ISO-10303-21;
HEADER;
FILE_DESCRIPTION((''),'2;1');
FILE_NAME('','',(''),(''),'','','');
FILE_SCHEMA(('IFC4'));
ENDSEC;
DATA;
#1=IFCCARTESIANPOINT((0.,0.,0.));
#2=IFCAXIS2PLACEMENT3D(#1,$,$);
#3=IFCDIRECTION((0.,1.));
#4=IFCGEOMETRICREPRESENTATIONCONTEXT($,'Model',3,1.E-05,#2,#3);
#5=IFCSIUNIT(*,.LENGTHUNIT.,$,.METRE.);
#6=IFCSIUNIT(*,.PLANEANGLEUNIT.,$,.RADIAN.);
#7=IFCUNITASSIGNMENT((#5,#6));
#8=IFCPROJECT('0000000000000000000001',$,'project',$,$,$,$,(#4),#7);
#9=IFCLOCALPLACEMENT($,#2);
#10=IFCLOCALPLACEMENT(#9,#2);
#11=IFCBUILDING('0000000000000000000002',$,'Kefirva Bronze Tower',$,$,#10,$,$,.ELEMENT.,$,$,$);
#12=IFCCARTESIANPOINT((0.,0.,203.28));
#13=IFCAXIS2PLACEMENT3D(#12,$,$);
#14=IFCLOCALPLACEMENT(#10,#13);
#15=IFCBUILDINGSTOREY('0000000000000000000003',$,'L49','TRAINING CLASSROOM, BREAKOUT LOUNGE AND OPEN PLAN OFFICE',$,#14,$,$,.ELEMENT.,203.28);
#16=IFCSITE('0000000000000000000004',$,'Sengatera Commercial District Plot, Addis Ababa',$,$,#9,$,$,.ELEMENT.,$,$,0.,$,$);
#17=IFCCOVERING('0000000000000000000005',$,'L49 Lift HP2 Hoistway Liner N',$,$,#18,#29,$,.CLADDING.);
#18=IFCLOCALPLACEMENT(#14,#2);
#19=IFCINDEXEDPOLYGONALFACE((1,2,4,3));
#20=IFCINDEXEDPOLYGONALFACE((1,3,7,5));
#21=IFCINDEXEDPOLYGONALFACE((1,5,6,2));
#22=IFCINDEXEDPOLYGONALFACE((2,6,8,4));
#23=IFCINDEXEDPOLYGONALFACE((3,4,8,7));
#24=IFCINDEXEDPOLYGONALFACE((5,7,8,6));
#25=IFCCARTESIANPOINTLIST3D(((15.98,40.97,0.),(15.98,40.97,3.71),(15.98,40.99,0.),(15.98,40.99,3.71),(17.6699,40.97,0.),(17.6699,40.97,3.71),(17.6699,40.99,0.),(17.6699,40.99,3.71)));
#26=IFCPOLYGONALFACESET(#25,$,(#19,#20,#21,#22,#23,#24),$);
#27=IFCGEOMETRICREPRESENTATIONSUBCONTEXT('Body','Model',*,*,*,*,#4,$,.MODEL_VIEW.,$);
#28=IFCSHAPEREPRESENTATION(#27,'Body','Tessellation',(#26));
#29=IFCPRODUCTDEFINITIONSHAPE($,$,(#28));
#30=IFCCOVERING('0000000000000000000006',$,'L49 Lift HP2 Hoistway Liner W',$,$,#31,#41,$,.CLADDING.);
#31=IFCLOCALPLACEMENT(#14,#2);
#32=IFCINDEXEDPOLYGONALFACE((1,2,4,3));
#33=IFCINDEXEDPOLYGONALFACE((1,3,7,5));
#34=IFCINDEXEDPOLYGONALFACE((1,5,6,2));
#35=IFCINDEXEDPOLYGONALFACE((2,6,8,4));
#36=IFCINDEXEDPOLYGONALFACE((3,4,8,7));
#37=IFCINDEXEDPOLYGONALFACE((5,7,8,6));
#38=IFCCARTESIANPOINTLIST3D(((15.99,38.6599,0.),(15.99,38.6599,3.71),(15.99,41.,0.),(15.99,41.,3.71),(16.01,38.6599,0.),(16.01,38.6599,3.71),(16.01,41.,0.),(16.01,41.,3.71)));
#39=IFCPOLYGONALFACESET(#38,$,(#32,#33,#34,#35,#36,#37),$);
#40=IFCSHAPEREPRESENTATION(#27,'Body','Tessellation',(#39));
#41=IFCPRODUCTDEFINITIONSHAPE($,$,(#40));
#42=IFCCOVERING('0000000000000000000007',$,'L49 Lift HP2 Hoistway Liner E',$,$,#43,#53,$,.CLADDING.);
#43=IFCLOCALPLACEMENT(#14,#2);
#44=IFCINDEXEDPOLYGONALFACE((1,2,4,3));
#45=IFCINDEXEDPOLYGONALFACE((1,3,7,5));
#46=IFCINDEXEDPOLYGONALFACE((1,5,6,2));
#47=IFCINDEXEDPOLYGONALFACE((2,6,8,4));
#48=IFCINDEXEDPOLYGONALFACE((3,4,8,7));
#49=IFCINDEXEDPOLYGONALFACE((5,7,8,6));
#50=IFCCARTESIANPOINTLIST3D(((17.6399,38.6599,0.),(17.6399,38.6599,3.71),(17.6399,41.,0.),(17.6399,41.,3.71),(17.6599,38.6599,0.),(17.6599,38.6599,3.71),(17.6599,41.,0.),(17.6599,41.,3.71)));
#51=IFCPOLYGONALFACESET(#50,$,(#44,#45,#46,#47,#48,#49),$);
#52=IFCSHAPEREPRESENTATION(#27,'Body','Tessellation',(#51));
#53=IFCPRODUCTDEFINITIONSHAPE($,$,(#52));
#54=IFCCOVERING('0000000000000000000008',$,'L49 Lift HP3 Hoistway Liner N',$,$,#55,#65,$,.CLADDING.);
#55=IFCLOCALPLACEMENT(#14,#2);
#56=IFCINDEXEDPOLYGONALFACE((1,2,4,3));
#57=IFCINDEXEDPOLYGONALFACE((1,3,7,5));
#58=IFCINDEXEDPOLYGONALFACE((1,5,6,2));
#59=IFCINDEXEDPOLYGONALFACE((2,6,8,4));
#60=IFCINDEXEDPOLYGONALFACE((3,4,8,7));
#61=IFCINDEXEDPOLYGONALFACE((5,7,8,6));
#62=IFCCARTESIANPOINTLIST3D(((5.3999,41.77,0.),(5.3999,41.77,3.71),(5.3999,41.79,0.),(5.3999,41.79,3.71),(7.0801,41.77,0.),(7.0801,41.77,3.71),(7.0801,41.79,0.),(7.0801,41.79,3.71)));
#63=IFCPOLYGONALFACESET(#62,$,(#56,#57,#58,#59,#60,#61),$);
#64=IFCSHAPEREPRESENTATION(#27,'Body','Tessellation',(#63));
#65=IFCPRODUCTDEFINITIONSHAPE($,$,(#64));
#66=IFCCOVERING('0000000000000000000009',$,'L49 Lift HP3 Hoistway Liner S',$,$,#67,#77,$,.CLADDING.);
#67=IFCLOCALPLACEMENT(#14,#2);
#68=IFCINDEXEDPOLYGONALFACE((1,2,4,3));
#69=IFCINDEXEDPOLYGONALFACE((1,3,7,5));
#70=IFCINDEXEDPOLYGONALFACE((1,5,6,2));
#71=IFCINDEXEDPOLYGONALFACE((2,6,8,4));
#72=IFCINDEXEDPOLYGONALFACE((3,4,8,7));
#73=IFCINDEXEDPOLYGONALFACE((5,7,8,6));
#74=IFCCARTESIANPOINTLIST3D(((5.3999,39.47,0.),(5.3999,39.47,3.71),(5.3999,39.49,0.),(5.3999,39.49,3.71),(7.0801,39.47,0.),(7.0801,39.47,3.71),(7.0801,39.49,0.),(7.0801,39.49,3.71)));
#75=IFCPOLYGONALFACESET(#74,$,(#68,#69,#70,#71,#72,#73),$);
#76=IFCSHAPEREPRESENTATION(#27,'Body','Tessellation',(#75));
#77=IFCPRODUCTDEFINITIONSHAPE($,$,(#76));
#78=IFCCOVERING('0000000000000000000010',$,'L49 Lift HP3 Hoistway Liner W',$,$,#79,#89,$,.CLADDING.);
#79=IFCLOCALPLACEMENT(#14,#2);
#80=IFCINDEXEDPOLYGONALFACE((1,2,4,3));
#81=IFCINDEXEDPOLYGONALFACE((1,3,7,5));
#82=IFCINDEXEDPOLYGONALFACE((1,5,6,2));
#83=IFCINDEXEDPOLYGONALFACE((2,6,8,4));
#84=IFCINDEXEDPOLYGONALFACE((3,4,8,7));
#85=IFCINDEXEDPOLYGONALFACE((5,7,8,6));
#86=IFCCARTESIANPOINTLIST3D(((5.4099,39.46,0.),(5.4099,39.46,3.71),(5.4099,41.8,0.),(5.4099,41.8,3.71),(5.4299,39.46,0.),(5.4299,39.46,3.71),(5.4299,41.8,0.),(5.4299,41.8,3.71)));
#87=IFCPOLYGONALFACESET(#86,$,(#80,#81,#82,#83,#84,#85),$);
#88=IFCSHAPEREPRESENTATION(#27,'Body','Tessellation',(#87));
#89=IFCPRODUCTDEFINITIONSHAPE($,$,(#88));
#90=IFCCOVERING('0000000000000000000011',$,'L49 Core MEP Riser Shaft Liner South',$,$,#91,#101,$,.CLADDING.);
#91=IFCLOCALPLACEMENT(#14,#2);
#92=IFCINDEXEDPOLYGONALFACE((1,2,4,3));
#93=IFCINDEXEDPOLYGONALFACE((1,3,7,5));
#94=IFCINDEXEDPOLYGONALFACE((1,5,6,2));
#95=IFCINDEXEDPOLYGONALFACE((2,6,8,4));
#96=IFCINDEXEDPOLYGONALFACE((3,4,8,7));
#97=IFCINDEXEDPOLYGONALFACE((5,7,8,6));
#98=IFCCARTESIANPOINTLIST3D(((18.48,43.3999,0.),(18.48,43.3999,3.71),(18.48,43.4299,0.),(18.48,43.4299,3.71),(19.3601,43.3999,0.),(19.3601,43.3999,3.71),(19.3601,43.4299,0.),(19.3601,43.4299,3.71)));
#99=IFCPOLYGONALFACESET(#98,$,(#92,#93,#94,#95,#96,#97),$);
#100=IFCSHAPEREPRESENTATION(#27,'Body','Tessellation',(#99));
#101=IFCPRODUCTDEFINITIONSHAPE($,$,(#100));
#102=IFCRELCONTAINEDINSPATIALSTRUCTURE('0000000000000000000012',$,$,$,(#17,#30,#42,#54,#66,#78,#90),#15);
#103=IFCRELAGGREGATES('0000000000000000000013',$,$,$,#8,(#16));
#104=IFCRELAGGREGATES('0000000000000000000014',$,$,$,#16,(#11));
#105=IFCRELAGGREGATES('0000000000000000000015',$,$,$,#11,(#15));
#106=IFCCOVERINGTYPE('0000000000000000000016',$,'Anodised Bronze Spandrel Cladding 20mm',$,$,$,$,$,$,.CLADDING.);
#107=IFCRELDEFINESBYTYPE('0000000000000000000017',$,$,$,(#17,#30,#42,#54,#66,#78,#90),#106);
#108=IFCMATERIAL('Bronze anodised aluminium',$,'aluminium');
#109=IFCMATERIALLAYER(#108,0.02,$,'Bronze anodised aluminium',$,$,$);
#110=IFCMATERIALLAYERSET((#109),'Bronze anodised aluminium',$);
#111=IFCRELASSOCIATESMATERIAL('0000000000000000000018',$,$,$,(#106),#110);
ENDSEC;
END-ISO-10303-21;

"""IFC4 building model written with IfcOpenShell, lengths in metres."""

from ifc_helpers import new_model, si_unit, direction, frame, origin, place, context, subcontext, project, spatial, polyline, outline, extrude, material, layer, layer_set, type_object, element, save


model = new_model("IFC4")

# Units and contexts
model_context = context("Model", 3, precision=1e-05, world=origin(), true_north=direction((0.0, 1.0)))
body_context = subcontext(model_context, "Body", "Model", "MODEL_VIEW")
ifc_project = project(units=[si_unit("LENGTHUNIT", "METRE"), si_unit("PLANEANGLEUNIT", "RADIAN")], contexts=[model_context])

# Site, building, storey
site_placement = place(None, origin())
site = spatial("IfcSite", under=ifc_project, at=site_placement, Name="Sengatera Commercial District Plot, Addis Ababa", CompositionType="ELEMENT", RefElevation=0.0)
building_placement = place(site_placement, origin())
building = spatial("IfcBuilding", under=site, at=building_placement, Name="Kefirva Bronze Tower", CompositionType="ELEMENT")
storey_placement = place(building_placement, frame((0.0, 0.0, 203.28)))
storey = spatial("IfcBuildingStorey", under=building, at=storey_placement, Name="L49", Description="TRAINING CLASSROOM, BREAKOUT LOUNGE AND OPEN PLAN OFFICE", CompositionType="ELEMENT", Elevation=203.28)

# Coverings
ifc_material_1 = material(Name="Bronze anodised aluminium", Category="aluminium")
ifc_layer_1 = layer(ifc_material_1, 0.02, Name="Bronze anodised aluminium")
ifc_layer_set_1 = layer_set([ifc_layer_1], Name="Bronze anodised aluminium")
covering_type_1 = type_object("IfcCoveringType", Name="Anodised Bronze Spandrel Cladding 20mm", PredefinedType="CLADDING", material=ifc_layer_set_1)
covering_1_placement = place(storey_placement, origin())
element("IfcCovering", 1, at=covering_1_placement, inside=storey, type_object=covering_type_1, Name="L49 Lift HP2 Hoistway Liner N", PredefinedType="CLADDING", context=body_context, shape_type="SweptSolid", body=[
    extrude(outline(polyline([(15.98, 40.97), (17.6699, 40.97), (17.6699, 40.99), (15.98, 40.99), (15.98, 40.97)])), origin(), (0.0, 0.0, 1.0), 3.71),
])
covering_2_placement = place(storey_placement, origin())
element("IfcCovering", 2, at=covering_2_placement, inside=storey, type_object=covering_type_1, Name="L49 Lift HP2 Hoistway Liner W", PredefinedType="CLADDING", context=body_context, shape_type="SweptSolid", body=[
    extrude(outline(polyline([(15.99, 38.6599), (16.01, 38.6599), (16.01, 41.0), (15.99, 41.0), (15.99, 38.6599)])), origin(), (0.0, 0.0, 1.0), 3.71),
])
covering_3_placement = place(storey_placement, origin())
element("IfcCovering", 3, at=covering_3_placement, inside=storey, type_object=covering_type_1, Name="L49 Lift HP2 Hoistway Liner E", PredefinedType="CLADDING", context=body_context, shape_type="SweptSolid", body=[
    extrude(outline(polyline([(17.6399, 38.6599), (17.6599, 38.6599), (17.6599, 41.0), (17.6399, 41.0), (17.6399, 38.6599)])), origin(), (0.0, 0.0, 1.0), 3.71),
])
covering_4_placement = place(storey_placement, origin())
element("IfcCovering", 4, at=covering_4_placement, inside=storey, type_object=covering_type_1, Name="L49 Lift HP3 Hoistway Liner N", PredefinedType="CLADDING", context=body_context, shape_type="SweptSolid", body=[
    extrude(outline(polyline([(5.3999, 41.77), (7.0801, 41.77), (7.0801, 41.79), (5.3999, 41.79), (5.3999, 41.77)])), origin(), (0.0, 0.0, 1.0), 3.71),
])
covering_5_placement = place(storey_placement, origin())
element("IfcCovering", 5, at=covering_5_placement, inside=storey, type_object=covering_type_1, Name="L49 Lift HP3 Hoistway Liner S", PredefinedType="CLADDING", context=body_context, shape_type="SweptSolid", body=[
    extrude(outline(polyline([(5.3999, 39.47), (7.0801, 39.47), (7.0801, 39.49), (5.3999, 39.49), (5.3999, 39.47)])), origin(), (0.0, 0.0, 1.0), 3.71),
])
covering_6_placement = place(storey_placement, origin())
element("IfcCovering", 6, at=covering_6_placement, inside=storey, type_object=covering_type_1, Name="L49 Lift HP3 Hoistway Liner W", PredefinedType="CLADDING", context=body_context, shape_type="SweptSolid", body=[
    extrude(outline(polyline([(5.4099, 39.46), (5.4299, 39.46), (5.4299, 41.8), (5.4099, 41.8), (5.4099, 39.46)])), origin(), (0.0, 0.0, 1.0), 3.71),
])
covering_7_placement = place(storey_placement, origin())
element("IfcCovering", 7, at=covering_7_placement, inside=storey, type_object=covering_type_1, Name="L49 Core MEP Riser Shaft Liner South", PredefinedType="CLADDING", context=body_context, shape_type="SweptSolid", body=[
    extrude(outline(polyline([(18.48, 43.3999), (19.3601, 43.3999), (19.3601, 43.4299), (18.48, 43.4299), (18.48, 43.3999)])), origin(), (0.0, 0.0, 1.0), 3.71),
])

save(model, "model.ifc")
